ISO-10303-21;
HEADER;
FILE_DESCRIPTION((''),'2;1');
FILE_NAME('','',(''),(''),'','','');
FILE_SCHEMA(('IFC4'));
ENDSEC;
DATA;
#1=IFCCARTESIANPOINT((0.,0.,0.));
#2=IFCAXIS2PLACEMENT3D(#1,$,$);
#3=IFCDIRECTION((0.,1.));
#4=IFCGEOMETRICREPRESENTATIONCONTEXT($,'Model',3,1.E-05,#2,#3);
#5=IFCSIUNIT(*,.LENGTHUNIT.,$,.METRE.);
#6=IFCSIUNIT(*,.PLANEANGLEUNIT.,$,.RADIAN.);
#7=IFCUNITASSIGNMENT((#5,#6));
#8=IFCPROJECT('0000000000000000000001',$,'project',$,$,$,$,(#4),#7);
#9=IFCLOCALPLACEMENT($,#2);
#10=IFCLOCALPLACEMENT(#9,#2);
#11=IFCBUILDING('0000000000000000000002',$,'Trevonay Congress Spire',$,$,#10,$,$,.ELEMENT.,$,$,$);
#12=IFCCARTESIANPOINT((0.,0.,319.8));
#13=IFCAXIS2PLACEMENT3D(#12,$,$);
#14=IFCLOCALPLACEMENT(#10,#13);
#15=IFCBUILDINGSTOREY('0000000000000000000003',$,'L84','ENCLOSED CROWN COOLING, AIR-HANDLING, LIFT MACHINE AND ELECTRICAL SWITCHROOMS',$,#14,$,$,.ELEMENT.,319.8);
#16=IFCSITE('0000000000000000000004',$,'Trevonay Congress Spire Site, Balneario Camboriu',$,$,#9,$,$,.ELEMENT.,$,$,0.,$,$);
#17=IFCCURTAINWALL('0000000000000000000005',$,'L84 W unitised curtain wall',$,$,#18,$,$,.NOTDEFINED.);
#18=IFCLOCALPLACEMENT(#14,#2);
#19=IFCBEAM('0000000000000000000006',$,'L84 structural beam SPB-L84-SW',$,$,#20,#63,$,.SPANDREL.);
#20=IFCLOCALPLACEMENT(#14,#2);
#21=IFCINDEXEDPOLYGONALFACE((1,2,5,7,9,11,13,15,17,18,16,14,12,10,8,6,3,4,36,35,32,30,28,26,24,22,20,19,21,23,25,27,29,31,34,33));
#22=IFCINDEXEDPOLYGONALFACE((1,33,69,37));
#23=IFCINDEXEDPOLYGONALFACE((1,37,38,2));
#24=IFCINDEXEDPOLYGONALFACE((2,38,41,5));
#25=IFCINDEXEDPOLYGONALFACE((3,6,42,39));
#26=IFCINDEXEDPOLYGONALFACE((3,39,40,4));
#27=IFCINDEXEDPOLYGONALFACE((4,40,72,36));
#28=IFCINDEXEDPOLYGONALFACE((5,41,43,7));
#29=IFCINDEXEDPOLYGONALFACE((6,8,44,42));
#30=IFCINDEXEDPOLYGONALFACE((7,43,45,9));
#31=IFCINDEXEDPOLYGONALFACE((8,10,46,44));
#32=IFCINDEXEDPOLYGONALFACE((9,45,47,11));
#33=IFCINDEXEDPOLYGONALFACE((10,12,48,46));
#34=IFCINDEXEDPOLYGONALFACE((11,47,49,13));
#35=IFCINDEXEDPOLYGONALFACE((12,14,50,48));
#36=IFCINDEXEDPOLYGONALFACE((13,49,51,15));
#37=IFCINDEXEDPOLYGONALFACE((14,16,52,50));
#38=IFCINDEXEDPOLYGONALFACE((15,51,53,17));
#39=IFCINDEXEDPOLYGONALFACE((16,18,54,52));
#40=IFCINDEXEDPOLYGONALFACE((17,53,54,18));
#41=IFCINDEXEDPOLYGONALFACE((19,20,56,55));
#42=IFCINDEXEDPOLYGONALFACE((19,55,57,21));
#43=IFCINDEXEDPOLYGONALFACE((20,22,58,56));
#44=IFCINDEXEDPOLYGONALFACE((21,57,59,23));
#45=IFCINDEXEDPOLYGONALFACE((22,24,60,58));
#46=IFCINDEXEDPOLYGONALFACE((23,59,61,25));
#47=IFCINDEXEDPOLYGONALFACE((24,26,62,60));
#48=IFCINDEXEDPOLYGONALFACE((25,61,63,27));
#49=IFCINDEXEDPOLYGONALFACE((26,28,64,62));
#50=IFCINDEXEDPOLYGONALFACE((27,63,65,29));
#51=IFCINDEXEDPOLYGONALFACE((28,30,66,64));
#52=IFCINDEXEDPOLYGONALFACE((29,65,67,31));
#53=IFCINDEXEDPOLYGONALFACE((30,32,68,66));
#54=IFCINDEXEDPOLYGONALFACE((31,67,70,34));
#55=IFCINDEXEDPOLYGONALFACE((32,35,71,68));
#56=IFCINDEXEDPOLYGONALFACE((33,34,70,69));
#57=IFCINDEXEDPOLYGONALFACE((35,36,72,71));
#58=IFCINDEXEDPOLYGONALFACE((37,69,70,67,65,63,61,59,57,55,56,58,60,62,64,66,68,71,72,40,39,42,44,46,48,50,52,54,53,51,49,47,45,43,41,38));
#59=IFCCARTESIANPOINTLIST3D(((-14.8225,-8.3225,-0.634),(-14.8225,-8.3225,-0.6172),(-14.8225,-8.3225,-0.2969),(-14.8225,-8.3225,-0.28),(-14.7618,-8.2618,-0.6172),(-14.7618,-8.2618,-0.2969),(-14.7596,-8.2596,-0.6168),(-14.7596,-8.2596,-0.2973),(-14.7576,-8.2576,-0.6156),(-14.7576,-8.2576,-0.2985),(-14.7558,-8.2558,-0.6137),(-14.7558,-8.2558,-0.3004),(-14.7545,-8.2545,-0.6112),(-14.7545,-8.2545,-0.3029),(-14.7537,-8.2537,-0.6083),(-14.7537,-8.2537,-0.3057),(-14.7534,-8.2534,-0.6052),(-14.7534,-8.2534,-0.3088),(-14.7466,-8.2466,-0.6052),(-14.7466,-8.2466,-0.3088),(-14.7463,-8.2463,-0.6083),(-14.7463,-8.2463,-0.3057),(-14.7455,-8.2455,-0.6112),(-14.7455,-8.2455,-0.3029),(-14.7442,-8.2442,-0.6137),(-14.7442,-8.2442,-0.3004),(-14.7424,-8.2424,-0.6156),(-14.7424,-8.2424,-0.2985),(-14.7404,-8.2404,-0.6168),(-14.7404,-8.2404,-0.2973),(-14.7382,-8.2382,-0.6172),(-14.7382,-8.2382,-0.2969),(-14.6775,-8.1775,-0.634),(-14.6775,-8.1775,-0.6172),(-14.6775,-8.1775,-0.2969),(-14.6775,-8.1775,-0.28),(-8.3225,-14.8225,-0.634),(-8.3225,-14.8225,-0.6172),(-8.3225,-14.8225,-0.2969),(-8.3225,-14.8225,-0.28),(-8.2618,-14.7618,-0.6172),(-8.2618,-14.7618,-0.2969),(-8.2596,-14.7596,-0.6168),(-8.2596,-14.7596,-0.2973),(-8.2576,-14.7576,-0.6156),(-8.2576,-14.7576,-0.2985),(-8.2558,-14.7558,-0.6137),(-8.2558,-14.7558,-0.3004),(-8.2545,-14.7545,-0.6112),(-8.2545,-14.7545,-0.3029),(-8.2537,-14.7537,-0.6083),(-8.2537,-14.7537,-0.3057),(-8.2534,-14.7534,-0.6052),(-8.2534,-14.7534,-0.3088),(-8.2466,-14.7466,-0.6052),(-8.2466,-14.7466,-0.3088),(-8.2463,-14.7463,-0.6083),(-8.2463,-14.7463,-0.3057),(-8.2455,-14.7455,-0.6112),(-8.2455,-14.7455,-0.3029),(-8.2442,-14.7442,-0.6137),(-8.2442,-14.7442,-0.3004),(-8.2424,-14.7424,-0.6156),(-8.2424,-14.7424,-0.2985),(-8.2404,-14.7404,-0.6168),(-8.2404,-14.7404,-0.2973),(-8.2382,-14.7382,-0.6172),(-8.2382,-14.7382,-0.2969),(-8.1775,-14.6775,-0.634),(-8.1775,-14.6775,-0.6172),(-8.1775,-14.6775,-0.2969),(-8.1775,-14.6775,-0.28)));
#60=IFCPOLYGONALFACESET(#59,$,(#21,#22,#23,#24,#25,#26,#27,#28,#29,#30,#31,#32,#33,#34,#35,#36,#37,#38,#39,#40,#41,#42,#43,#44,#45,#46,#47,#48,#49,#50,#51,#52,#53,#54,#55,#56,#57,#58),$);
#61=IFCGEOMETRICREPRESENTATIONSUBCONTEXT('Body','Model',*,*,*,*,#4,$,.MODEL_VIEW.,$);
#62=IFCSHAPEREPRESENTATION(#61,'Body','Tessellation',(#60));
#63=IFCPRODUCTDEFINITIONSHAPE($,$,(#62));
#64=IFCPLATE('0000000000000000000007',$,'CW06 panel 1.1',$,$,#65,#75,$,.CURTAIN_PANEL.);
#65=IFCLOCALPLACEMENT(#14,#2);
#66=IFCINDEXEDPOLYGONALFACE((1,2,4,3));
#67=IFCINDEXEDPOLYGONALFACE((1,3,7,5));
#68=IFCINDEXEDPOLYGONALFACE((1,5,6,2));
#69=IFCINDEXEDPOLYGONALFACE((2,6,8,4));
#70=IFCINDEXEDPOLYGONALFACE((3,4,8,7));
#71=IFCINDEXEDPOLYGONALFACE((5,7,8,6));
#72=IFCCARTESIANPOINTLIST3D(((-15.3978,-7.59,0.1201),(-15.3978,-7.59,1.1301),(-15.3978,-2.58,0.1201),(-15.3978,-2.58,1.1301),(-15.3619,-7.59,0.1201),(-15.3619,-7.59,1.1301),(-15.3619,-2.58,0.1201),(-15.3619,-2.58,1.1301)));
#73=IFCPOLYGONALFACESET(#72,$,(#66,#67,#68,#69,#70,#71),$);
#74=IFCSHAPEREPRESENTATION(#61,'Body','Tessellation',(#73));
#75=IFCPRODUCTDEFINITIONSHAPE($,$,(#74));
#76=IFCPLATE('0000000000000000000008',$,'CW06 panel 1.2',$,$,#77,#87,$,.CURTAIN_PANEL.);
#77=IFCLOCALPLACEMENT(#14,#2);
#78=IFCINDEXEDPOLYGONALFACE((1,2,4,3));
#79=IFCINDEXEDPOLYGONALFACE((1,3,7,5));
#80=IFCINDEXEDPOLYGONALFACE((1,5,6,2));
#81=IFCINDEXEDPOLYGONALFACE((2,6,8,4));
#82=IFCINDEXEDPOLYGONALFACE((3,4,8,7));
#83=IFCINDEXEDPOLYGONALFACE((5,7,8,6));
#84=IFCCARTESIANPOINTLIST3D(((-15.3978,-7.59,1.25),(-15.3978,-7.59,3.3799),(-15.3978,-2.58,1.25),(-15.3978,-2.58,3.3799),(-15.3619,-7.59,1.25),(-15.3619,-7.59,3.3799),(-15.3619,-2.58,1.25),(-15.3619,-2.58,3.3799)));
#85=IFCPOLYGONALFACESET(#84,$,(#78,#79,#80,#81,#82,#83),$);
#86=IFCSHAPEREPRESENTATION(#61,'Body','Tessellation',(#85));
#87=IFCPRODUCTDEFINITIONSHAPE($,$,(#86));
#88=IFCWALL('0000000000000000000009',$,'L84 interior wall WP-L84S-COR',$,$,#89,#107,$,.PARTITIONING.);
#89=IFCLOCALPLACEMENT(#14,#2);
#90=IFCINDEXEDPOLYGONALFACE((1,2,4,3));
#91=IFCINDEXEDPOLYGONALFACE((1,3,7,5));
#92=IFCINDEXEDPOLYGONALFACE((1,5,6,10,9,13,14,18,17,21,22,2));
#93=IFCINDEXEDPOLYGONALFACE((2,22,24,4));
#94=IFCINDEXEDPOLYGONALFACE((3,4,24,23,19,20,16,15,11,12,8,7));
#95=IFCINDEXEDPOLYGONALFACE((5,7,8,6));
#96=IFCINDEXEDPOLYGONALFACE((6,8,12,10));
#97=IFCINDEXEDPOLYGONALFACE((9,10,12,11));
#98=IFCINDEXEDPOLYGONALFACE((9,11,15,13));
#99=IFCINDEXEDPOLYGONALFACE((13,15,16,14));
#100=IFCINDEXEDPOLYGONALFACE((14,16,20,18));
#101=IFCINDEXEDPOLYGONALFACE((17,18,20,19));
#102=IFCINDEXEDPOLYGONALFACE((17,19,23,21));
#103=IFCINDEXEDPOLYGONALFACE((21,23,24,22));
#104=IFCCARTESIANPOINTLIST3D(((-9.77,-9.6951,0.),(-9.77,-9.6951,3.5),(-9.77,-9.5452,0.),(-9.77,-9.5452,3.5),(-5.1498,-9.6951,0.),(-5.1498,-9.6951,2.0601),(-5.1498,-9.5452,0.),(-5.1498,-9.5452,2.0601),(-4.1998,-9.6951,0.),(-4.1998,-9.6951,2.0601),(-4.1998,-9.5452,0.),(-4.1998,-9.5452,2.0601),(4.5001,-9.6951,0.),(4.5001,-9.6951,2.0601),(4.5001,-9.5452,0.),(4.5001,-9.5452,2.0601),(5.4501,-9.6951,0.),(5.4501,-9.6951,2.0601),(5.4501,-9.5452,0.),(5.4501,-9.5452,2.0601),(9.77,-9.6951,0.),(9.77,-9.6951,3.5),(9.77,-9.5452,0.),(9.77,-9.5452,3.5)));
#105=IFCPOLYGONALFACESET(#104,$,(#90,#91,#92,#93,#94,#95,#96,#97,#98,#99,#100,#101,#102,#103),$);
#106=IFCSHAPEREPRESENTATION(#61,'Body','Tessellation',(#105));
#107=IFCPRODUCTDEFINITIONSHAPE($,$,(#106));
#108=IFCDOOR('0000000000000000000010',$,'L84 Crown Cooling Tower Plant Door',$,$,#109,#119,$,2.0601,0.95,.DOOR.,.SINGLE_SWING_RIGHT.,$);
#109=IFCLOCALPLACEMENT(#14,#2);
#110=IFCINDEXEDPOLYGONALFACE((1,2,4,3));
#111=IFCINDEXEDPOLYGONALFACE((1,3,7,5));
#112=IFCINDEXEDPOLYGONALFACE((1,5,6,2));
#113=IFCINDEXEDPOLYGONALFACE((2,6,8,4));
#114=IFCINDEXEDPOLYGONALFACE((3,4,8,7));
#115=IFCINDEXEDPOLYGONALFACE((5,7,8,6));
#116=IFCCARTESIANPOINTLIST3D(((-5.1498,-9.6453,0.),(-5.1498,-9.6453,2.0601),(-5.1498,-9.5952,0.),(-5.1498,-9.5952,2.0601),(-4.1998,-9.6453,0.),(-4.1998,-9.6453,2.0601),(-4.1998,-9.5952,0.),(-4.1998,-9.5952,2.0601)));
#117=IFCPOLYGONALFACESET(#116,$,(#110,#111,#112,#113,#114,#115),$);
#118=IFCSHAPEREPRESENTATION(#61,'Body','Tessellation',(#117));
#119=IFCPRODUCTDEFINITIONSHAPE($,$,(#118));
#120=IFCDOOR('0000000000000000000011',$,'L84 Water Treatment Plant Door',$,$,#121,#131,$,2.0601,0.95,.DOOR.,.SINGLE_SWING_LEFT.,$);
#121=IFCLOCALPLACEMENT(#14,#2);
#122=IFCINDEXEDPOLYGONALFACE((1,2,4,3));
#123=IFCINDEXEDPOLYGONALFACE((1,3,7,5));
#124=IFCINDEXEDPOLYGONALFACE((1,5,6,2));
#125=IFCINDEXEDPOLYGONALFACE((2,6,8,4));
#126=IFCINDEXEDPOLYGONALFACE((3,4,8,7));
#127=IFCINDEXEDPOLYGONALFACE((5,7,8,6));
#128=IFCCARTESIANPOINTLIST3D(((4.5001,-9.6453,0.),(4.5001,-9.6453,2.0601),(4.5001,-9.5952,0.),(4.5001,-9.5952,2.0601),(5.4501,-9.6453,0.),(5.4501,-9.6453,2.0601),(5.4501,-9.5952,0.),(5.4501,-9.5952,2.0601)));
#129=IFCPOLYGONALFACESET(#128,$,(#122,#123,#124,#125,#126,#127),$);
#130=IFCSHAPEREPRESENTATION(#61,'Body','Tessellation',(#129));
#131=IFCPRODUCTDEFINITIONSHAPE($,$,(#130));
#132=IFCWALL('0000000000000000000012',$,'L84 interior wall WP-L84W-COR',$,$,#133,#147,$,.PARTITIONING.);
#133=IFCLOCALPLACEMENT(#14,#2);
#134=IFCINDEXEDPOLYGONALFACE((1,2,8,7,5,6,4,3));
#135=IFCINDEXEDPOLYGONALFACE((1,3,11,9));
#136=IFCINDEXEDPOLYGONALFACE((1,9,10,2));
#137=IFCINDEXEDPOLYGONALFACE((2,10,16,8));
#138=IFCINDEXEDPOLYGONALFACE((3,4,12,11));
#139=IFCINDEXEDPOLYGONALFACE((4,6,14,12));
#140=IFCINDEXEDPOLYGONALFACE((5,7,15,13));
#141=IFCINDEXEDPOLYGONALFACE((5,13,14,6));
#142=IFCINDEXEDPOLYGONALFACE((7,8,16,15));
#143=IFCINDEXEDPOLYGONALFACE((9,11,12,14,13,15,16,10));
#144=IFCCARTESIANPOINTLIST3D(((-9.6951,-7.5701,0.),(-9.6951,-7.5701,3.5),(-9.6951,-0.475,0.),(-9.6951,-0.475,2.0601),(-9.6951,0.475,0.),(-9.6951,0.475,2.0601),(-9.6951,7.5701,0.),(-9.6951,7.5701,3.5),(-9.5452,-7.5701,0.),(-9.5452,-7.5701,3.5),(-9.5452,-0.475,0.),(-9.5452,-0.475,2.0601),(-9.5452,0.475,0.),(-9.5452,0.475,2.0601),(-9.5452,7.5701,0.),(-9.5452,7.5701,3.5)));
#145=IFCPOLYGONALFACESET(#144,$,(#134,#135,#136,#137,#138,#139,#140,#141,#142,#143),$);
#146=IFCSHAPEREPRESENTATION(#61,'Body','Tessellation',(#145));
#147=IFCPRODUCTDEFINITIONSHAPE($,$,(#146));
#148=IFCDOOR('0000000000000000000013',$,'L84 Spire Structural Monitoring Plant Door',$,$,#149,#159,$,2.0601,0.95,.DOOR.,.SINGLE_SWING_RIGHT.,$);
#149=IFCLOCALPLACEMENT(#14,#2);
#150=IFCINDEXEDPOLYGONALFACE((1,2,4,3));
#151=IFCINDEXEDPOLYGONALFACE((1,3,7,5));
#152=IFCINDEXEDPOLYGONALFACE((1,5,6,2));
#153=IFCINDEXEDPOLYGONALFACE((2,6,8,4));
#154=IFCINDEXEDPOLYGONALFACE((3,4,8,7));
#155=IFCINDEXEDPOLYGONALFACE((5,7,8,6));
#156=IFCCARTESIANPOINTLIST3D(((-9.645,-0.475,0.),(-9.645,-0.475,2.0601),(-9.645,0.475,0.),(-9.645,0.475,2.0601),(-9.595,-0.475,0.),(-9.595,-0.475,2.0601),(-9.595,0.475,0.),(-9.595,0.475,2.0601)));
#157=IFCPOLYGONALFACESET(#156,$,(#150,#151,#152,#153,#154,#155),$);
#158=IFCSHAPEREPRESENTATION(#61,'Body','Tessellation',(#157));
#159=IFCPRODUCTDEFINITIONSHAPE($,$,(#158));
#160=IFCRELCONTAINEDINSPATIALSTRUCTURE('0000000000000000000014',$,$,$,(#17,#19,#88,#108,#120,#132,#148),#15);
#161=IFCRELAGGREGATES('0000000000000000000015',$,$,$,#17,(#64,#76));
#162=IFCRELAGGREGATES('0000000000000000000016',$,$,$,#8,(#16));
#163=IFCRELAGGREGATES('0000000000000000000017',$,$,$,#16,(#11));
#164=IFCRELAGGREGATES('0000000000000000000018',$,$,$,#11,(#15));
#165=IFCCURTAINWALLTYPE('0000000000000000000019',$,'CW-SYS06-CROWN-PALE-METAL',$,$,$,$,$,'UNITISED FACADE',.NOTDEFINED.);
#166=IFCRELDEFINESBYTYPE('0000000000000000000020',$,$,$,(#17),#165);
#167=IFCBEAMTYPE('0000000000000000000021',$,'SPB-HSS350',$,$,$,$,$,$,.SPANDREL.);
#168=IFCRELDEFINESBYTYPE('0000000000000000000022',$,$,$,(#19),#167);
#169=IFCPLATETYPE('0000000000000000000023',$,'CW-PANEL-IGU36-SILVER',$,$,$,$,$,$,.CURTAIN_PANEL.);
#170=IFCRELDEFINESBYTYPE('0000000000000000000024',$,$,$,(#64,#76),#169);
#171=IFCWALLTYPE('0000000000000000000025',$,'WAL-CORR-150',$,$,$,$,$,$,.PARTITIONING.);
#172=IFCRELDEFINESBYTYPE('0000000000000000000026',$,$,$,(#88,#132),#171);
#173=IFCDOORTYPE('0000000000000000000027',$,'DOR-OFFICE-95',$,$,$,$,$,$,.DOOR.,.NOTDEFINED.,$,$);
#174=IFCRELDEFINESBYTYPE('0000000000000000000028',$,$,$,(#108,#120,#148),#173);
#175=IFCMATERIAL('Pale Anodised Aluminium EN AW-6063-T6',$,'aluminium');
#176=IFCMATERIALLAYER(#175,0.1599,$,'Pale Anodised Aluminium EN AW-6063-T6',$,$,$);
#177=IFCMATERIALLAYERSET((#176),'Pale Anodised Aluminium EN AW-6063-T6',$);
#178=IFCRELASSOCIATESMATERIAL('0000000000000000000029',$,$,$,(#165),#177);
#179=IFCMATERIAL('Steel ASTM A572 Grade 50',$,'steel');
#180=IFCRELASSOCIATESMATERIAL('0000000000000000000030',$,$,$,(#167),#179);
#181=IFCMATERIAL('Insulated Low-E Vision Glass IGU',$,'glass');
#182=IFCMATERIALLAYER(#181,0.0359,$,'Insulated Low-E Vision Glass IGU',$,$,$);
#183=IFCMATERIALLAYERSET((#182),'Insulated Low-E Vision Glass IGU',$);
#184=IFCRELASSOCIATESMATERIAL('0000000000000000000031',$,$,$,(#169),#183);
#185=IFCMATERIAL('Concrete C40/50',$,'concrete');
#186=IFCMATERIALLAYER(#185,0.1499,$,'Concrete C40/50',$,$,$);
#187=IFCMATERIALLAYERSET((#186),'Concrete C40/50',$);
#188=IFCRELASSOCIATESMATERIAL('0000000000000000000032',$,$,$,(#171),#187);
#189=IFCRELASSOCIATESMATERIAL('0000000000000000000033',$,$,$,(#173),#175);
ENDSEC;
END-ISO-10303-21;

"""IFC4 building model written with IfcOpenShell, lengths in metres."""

from ifc_helpers import new_model, si_unit, direction, frame, frame_2d, origin, origin_2d, place, context, subcontext, project, spatial, rectangle, i_section, extrude, material, layer, layer_set, material_profile, profile_set, type_object, element, fill, aggregate, save


model = new_model("IFC4")

# Units and contexts
model_context = context("Model", 3, precision=1e-05, world=origin(), true_north=direction((0.0, 1.0)))
body_context = subcontext(model_context, "Body", "Model", "MODEL_VIEW")
ifc_project = project(units=[si_unit("LENGTHUNIT", "METRE"), si_unit("PLANEANGLEUNIT", "RADIAN")], contexts=[model_context])

# Site, building, storey
site_placement = place(None, origin())
site = spatial("IfcSite", under=ifc_project, at=site_placement, Name="Trevonay Congress Spire Site, Balneario Camboriu", CompositionType="ELEMENT", RefElevation=0.0)
building_placement = place(site_placement, origin())
building = spatial("IfcBuilding", under=site, at=building_placement, Name="Trevonay Congress Spire", CompositionType="ELEMENT")
storey_placement = place(building_placement, frame((0.0, 0.0, 319.8)))
storey = spatial("IfcBuildingStorey", under=building, at=storey_placement, Name="L84", Description="ENCLOSED CROWN COOLING, AIR-HANDLING, LIFT MACHINE AND ELECTRICAL SWITCHROOMS", CompositionType="ELEMENT", Elevation=319.8)

# Shared definitions
ifc_material_1 = material(Name="Steel ASTM A572 Grade 50", Category="steel")

# Shared definitions
ifc_material_2 = material(Name="Pale Anodised Aluminium EN AW-6063-T6", Category="aluminium")
ifc_layer_1 = layer(ifc_material_2, 0.1599, Name="Pale Anodised Aluminium EN AW-6063-T6")
ifc_layer_set_1 = layer_set([ifc_layer_1], Name="Pale Anodised Aluminium EN AW-6063-T6")
curtain_wall_type = type_object("IfcCurtainWallType", Name="CW-SYS06-CROWN-PALE-METAL", ElementType="UNITISED FACADE", PredefinedType="NOTDEFINED", material=ifc_layer_set_1)

# Curtain wall
curtain_wall_1_placement = place(storey_placement, origin())
curtain_wall_1 = element("IfcCurtainWall", 1, at=curtain_wall_1_placement, inside=storey, type_object=curtain_wall_type, Name="L84 W unitised curtain wall", PredefinedType="NOTDEFINED")

# Beam
ifc_material_profile_1 = material_profile(ifc_material_1, i_section(OverallWidth=0.2051, OverallDepth=0.354, WebThickness=0.0095, FlangeThickness=0.0168, FilletRadius=0.012, at=origin_2d()), Name="W360x79")
ifc_profile_set_1 = profile_set([ifc_material_profile_1], Name="Steel ASTM A572 Grade 50")
beam_type_1 = type_object("IfcBeamType", Name="SPB-HSS350", PredefinedType="SPANDREL", material=ifc_profile_set_1)
beam_1_placement = place(storey_placement, frame((-8.25, -14.75, -0.457), z_axis=(-0.707107, 0.707107, 0.0), x_axis=(-0.707107, -0.707107, 0.0)))
element("IfcBeam", 2, at=beam_1_placement, inside=storey, type_object=beam_type_1, Name="L84 structural beam SPB-L84-SW", PredefinedType="SPANDREL", context=body_context, shape_type="SweptSolid", body=[
    extrude(i_section(OverallWidth=0.2051, OverallDepth=0.354, WebThickness=0.0095, FlangeThickness=0.0168, FilletRadius=0.012, at=origin_2d()), origin(), (0.0, 0.0, 1.0), 9.1924),
])

# Plates
ifc_material_3 = material(Name="Insulated Low-E Vision Glass IGU", Category="glass")
ifc_layer_2 = layer(ifc_material_3, 0.0359, Name="Insulated Low-E Vision Glass IGU")
ifc_layer_set_2 = layer_set([ifc_layer_2], Name="Insulated Low-E Vision Glass IGU")
plate_type = type_object("IfcPlateType", Name="CW-PANEL-IGU36-SILVER", PredefinedType="CURTAIN_PANEL", material=ifc_layer_set_2)
plate_1_placement = place(storey_placement, frame((-15.3799, -5.085, 0.1201), z_axis=(0.0, 0.0, 1.0), x_axis=(0.0, 1.0, 0.0)))
plate_1 = element("IfcPlate", 3, at=plate_1_placement, type_object=plate_type, Name="CW06 panel 1.1", PredefinedType="CURTAIN_PANEL", context=body_context, shape_type="SweptSolid", body=[
    extrude(rectangle(XDim=5.01, YDim=0.0359, at=origin_2d()), origin(), (0.0, 0.0, 1.0), 1.01),
])
plate_2_placement = place(storey_placement, frame((-15.3799, -5.085, 1.25), z_axis=(0.0, 0.0, 1.0), x_axis=(0.0, 1.0, 0.0)))
plate_2 = element("IfcPlate", 4, at=plate_2_placement, type_object=plate_type, Name="CW06 panel 1.2", PredefinedType="CURTAIN_PANEL", context=body_context, shape_type="SweptSolid", body=[
    extrude(rectangle(XDim=5.01, YDim=0.0359, at=origin_2d()), origin(), (0.0, 0.0, 1.0), 2.1299),
])
aggregate(curtain_wall_1, [plate_1, plate_2])

# Wall, openings, doors
ifc_material_4 = material(Name="Concrete C40/50", Category="concrete")
ifc_layer_3 = layer(ifc_material_4, 0.1499, Name="Concrete C40/50")
ifc_layer_set_3 = layer_set([ifc_layer_3], Name="Concrete C40/50")
wall_type_1 = type_object("IfcWallType", Name="WAL-CORR-150", PredefinedType="PARTITIONING", material=ifc_layer_set_3)
wall_1_placement = place(storey_placement, frame((-9.77, -9.6201, 0.0), z_axis=(0.0, 0.0, 1.0), x_axis=(1.0, 0.0, 0.0)))
wall_1 = element("IfcWall", 5, at=wall_1_placement, inside=storey, type_object=wall_type_1, Name="L84 interior wall WP-L84S-COR", PredefinedType="PARTITIONING", context=body_context, shape_type="SweptSolid", body=[
    extrude(rectangle(XDim=19.54, YDim=0.1499, at=frame_2d((9.77, 0.0))), origin(), (0.0, 0.0, 1.0), 3.5),
])
opening_1_placement = place(wall_1_placement, frame((4.6201, 0.0, 0.0)))
opening_1 = element("IfcOpeningElement", 6, at=opening_1_placement, cuts=wall_1, PredefinedType="OPENING", context=body_context, shape_type="SweptSolid", body=[
    extrude(rectangle(XDim=0.95, YDim=2.0601, at=frame_2d((0.4751, 1.03))), frame((0.0, 0.085, 0.0), z_axis=(0.0, -1.0, 0.0), x_axis=(1.0, 0.0, 0.0)), (0.0, 0.0, 1.0), 0.1699),
])
opening_2_placement = place(wall_1_placement, frame((14.27, 0.0, 0.0)))
opening_2 = element("IfcOpeningElement", 7, at=opening_2_placement, cuts=wall_1, PredefinedType="OPENING", context=body_context, shape_type="SweptSolid", body=[
    extrude(rectangle(XDim=0.95, YDim=2.0601, at=frame_2d((0.4751, 1.03))), frame((0.0, 0.085, 0.0), z_axis=(0.0, -1.0, 0.0), x_axis=(1.0, 0.0, 0.0)), (0.0, 0.0, 1.0), 0.1699),
])
door_type = type_object("IfcDoorType", Name="DOR-OFFICE-95", OperationType="NOTDEFINED", PredefinedType="DOOR", material=ifc_material_2)
door_1_placement = place(opening_1_placement, origin())
door_1 = element("IfcDoor", 8, at=door_1_placement, inside=storey, type_object=door_type, Name="L84 Crown Cooling Tower Plant Door", OperationType="SINGLE_SWING_RIGHT", OverallHeight=2.0601, OverallWidth=0.95, PredefinedType="DOOR", context=body_context, shape_type="SweptSolid", body=[
    extrude(rectangle(XDim=0.95, YDim=2.0601, at=frame_2d((0.4751, 1.03))), frame((0.0, 0.0249, 0.0), z_axis=(0.0, -1.0, 0.0), x_axis=(1.0, 0.0, 0.0)), (0.0, 0.0, 1.0), 0.05),
])
fill(opening_1, door_1)
door_2_placement = place(opening_2_placement, origin())
door_2 = element("IfcDoor", 9, at=door_2_placement, inside=storey, type_object=door_type, Name="L84 Water Treatment Plant Door", OperationType="SINGLE_SWING_LEFT", OverallHeight=2.0601, OverallWidth=0.95, PredefinedType="DOOR", context=body_context, shape_type="SweptSolid", body=[
    extrude(rectangle(XDim=0.95, YDim=2.0601, at=frame_2d((0.4751, 1.03))), frame((0.0, 0.0249, 0.0), z_axis=(0.0, -1.0, 0.0), x_axis=(1.0, 0.0, 0.0)), (0.0, 0.0, 1.0), 0.05),
])
fill(opening_2, door_2)

# Wall, opening, door
wall_2_placement = place(storey_placement, frame((-9.6201, -7.5701, 0.0), z_axis=(0.0, 0.0, 1.0), x_axis=(0.0, 1.0, 0.0)))
wall_2 = element("IfcWall", 10, at=wall_2_placement, inside=storey, type_object=wall_type_1, Name="L84 interior wall WP-L84W-COR", PredefinedType="PARTITIONING", context=body_context, shape_type="SweptSolid", body=[
    extrude(rectangle(XDim=15.1401, YDim=0.1499, at=frame_2d((7.5701, 0.0))), origin(), (0.0, 0.0, 1.0), 3.5),
])
opening_3_placement = place(wall_2_placement, frame((7.095, 0.0, 0.0)))
opening_3 = element("IfcOpeningElement", 11, at=opening_3_placement, cuts=wall_2, PredefinedType="OPENING", context=body_context, shape_type="SweptSolid", body=[
    extrude(rectangle(XDim=0.95, YDim=2.0601, at=frame_2d((0.4751, 1.03))), frame((0.0, 0.085, 0.0), z_axis=(0.0, -1.0, 0.0), x_axis=(1.0, 0.0, 0.0)), (0.0, 0.0, 1.0), 0.1699),
])
door_3_placement = place(opening_3_placement, origin())
door_3 = element("IfcDoor", 12, at=door_3_placement, inside=storey, type_object=door_type, Name="L84 Spire Structural Monitoring Plant Door", OperationType="SINGLE_SWING_RIGHT", OverallHeight=2.0601, OverallWidth=0.95, PredefinedType="DOOR", context=body_context, shape_type="SweptSolid", body=[
    extrude(rectangle(XDim=0.95, YDim=2.0601, at=frame_2d((0.4751, 1.03))), frame((0.0, 0.0249, 0.0), z_axis=(0.0, -1.0, 0.0), x_axis=(1.0, 0.0, 0.0)), (0.0, 0.0, 1.0), 0.05),
])
fill(opening_3, door_3)

save(model, "model.ifc")
